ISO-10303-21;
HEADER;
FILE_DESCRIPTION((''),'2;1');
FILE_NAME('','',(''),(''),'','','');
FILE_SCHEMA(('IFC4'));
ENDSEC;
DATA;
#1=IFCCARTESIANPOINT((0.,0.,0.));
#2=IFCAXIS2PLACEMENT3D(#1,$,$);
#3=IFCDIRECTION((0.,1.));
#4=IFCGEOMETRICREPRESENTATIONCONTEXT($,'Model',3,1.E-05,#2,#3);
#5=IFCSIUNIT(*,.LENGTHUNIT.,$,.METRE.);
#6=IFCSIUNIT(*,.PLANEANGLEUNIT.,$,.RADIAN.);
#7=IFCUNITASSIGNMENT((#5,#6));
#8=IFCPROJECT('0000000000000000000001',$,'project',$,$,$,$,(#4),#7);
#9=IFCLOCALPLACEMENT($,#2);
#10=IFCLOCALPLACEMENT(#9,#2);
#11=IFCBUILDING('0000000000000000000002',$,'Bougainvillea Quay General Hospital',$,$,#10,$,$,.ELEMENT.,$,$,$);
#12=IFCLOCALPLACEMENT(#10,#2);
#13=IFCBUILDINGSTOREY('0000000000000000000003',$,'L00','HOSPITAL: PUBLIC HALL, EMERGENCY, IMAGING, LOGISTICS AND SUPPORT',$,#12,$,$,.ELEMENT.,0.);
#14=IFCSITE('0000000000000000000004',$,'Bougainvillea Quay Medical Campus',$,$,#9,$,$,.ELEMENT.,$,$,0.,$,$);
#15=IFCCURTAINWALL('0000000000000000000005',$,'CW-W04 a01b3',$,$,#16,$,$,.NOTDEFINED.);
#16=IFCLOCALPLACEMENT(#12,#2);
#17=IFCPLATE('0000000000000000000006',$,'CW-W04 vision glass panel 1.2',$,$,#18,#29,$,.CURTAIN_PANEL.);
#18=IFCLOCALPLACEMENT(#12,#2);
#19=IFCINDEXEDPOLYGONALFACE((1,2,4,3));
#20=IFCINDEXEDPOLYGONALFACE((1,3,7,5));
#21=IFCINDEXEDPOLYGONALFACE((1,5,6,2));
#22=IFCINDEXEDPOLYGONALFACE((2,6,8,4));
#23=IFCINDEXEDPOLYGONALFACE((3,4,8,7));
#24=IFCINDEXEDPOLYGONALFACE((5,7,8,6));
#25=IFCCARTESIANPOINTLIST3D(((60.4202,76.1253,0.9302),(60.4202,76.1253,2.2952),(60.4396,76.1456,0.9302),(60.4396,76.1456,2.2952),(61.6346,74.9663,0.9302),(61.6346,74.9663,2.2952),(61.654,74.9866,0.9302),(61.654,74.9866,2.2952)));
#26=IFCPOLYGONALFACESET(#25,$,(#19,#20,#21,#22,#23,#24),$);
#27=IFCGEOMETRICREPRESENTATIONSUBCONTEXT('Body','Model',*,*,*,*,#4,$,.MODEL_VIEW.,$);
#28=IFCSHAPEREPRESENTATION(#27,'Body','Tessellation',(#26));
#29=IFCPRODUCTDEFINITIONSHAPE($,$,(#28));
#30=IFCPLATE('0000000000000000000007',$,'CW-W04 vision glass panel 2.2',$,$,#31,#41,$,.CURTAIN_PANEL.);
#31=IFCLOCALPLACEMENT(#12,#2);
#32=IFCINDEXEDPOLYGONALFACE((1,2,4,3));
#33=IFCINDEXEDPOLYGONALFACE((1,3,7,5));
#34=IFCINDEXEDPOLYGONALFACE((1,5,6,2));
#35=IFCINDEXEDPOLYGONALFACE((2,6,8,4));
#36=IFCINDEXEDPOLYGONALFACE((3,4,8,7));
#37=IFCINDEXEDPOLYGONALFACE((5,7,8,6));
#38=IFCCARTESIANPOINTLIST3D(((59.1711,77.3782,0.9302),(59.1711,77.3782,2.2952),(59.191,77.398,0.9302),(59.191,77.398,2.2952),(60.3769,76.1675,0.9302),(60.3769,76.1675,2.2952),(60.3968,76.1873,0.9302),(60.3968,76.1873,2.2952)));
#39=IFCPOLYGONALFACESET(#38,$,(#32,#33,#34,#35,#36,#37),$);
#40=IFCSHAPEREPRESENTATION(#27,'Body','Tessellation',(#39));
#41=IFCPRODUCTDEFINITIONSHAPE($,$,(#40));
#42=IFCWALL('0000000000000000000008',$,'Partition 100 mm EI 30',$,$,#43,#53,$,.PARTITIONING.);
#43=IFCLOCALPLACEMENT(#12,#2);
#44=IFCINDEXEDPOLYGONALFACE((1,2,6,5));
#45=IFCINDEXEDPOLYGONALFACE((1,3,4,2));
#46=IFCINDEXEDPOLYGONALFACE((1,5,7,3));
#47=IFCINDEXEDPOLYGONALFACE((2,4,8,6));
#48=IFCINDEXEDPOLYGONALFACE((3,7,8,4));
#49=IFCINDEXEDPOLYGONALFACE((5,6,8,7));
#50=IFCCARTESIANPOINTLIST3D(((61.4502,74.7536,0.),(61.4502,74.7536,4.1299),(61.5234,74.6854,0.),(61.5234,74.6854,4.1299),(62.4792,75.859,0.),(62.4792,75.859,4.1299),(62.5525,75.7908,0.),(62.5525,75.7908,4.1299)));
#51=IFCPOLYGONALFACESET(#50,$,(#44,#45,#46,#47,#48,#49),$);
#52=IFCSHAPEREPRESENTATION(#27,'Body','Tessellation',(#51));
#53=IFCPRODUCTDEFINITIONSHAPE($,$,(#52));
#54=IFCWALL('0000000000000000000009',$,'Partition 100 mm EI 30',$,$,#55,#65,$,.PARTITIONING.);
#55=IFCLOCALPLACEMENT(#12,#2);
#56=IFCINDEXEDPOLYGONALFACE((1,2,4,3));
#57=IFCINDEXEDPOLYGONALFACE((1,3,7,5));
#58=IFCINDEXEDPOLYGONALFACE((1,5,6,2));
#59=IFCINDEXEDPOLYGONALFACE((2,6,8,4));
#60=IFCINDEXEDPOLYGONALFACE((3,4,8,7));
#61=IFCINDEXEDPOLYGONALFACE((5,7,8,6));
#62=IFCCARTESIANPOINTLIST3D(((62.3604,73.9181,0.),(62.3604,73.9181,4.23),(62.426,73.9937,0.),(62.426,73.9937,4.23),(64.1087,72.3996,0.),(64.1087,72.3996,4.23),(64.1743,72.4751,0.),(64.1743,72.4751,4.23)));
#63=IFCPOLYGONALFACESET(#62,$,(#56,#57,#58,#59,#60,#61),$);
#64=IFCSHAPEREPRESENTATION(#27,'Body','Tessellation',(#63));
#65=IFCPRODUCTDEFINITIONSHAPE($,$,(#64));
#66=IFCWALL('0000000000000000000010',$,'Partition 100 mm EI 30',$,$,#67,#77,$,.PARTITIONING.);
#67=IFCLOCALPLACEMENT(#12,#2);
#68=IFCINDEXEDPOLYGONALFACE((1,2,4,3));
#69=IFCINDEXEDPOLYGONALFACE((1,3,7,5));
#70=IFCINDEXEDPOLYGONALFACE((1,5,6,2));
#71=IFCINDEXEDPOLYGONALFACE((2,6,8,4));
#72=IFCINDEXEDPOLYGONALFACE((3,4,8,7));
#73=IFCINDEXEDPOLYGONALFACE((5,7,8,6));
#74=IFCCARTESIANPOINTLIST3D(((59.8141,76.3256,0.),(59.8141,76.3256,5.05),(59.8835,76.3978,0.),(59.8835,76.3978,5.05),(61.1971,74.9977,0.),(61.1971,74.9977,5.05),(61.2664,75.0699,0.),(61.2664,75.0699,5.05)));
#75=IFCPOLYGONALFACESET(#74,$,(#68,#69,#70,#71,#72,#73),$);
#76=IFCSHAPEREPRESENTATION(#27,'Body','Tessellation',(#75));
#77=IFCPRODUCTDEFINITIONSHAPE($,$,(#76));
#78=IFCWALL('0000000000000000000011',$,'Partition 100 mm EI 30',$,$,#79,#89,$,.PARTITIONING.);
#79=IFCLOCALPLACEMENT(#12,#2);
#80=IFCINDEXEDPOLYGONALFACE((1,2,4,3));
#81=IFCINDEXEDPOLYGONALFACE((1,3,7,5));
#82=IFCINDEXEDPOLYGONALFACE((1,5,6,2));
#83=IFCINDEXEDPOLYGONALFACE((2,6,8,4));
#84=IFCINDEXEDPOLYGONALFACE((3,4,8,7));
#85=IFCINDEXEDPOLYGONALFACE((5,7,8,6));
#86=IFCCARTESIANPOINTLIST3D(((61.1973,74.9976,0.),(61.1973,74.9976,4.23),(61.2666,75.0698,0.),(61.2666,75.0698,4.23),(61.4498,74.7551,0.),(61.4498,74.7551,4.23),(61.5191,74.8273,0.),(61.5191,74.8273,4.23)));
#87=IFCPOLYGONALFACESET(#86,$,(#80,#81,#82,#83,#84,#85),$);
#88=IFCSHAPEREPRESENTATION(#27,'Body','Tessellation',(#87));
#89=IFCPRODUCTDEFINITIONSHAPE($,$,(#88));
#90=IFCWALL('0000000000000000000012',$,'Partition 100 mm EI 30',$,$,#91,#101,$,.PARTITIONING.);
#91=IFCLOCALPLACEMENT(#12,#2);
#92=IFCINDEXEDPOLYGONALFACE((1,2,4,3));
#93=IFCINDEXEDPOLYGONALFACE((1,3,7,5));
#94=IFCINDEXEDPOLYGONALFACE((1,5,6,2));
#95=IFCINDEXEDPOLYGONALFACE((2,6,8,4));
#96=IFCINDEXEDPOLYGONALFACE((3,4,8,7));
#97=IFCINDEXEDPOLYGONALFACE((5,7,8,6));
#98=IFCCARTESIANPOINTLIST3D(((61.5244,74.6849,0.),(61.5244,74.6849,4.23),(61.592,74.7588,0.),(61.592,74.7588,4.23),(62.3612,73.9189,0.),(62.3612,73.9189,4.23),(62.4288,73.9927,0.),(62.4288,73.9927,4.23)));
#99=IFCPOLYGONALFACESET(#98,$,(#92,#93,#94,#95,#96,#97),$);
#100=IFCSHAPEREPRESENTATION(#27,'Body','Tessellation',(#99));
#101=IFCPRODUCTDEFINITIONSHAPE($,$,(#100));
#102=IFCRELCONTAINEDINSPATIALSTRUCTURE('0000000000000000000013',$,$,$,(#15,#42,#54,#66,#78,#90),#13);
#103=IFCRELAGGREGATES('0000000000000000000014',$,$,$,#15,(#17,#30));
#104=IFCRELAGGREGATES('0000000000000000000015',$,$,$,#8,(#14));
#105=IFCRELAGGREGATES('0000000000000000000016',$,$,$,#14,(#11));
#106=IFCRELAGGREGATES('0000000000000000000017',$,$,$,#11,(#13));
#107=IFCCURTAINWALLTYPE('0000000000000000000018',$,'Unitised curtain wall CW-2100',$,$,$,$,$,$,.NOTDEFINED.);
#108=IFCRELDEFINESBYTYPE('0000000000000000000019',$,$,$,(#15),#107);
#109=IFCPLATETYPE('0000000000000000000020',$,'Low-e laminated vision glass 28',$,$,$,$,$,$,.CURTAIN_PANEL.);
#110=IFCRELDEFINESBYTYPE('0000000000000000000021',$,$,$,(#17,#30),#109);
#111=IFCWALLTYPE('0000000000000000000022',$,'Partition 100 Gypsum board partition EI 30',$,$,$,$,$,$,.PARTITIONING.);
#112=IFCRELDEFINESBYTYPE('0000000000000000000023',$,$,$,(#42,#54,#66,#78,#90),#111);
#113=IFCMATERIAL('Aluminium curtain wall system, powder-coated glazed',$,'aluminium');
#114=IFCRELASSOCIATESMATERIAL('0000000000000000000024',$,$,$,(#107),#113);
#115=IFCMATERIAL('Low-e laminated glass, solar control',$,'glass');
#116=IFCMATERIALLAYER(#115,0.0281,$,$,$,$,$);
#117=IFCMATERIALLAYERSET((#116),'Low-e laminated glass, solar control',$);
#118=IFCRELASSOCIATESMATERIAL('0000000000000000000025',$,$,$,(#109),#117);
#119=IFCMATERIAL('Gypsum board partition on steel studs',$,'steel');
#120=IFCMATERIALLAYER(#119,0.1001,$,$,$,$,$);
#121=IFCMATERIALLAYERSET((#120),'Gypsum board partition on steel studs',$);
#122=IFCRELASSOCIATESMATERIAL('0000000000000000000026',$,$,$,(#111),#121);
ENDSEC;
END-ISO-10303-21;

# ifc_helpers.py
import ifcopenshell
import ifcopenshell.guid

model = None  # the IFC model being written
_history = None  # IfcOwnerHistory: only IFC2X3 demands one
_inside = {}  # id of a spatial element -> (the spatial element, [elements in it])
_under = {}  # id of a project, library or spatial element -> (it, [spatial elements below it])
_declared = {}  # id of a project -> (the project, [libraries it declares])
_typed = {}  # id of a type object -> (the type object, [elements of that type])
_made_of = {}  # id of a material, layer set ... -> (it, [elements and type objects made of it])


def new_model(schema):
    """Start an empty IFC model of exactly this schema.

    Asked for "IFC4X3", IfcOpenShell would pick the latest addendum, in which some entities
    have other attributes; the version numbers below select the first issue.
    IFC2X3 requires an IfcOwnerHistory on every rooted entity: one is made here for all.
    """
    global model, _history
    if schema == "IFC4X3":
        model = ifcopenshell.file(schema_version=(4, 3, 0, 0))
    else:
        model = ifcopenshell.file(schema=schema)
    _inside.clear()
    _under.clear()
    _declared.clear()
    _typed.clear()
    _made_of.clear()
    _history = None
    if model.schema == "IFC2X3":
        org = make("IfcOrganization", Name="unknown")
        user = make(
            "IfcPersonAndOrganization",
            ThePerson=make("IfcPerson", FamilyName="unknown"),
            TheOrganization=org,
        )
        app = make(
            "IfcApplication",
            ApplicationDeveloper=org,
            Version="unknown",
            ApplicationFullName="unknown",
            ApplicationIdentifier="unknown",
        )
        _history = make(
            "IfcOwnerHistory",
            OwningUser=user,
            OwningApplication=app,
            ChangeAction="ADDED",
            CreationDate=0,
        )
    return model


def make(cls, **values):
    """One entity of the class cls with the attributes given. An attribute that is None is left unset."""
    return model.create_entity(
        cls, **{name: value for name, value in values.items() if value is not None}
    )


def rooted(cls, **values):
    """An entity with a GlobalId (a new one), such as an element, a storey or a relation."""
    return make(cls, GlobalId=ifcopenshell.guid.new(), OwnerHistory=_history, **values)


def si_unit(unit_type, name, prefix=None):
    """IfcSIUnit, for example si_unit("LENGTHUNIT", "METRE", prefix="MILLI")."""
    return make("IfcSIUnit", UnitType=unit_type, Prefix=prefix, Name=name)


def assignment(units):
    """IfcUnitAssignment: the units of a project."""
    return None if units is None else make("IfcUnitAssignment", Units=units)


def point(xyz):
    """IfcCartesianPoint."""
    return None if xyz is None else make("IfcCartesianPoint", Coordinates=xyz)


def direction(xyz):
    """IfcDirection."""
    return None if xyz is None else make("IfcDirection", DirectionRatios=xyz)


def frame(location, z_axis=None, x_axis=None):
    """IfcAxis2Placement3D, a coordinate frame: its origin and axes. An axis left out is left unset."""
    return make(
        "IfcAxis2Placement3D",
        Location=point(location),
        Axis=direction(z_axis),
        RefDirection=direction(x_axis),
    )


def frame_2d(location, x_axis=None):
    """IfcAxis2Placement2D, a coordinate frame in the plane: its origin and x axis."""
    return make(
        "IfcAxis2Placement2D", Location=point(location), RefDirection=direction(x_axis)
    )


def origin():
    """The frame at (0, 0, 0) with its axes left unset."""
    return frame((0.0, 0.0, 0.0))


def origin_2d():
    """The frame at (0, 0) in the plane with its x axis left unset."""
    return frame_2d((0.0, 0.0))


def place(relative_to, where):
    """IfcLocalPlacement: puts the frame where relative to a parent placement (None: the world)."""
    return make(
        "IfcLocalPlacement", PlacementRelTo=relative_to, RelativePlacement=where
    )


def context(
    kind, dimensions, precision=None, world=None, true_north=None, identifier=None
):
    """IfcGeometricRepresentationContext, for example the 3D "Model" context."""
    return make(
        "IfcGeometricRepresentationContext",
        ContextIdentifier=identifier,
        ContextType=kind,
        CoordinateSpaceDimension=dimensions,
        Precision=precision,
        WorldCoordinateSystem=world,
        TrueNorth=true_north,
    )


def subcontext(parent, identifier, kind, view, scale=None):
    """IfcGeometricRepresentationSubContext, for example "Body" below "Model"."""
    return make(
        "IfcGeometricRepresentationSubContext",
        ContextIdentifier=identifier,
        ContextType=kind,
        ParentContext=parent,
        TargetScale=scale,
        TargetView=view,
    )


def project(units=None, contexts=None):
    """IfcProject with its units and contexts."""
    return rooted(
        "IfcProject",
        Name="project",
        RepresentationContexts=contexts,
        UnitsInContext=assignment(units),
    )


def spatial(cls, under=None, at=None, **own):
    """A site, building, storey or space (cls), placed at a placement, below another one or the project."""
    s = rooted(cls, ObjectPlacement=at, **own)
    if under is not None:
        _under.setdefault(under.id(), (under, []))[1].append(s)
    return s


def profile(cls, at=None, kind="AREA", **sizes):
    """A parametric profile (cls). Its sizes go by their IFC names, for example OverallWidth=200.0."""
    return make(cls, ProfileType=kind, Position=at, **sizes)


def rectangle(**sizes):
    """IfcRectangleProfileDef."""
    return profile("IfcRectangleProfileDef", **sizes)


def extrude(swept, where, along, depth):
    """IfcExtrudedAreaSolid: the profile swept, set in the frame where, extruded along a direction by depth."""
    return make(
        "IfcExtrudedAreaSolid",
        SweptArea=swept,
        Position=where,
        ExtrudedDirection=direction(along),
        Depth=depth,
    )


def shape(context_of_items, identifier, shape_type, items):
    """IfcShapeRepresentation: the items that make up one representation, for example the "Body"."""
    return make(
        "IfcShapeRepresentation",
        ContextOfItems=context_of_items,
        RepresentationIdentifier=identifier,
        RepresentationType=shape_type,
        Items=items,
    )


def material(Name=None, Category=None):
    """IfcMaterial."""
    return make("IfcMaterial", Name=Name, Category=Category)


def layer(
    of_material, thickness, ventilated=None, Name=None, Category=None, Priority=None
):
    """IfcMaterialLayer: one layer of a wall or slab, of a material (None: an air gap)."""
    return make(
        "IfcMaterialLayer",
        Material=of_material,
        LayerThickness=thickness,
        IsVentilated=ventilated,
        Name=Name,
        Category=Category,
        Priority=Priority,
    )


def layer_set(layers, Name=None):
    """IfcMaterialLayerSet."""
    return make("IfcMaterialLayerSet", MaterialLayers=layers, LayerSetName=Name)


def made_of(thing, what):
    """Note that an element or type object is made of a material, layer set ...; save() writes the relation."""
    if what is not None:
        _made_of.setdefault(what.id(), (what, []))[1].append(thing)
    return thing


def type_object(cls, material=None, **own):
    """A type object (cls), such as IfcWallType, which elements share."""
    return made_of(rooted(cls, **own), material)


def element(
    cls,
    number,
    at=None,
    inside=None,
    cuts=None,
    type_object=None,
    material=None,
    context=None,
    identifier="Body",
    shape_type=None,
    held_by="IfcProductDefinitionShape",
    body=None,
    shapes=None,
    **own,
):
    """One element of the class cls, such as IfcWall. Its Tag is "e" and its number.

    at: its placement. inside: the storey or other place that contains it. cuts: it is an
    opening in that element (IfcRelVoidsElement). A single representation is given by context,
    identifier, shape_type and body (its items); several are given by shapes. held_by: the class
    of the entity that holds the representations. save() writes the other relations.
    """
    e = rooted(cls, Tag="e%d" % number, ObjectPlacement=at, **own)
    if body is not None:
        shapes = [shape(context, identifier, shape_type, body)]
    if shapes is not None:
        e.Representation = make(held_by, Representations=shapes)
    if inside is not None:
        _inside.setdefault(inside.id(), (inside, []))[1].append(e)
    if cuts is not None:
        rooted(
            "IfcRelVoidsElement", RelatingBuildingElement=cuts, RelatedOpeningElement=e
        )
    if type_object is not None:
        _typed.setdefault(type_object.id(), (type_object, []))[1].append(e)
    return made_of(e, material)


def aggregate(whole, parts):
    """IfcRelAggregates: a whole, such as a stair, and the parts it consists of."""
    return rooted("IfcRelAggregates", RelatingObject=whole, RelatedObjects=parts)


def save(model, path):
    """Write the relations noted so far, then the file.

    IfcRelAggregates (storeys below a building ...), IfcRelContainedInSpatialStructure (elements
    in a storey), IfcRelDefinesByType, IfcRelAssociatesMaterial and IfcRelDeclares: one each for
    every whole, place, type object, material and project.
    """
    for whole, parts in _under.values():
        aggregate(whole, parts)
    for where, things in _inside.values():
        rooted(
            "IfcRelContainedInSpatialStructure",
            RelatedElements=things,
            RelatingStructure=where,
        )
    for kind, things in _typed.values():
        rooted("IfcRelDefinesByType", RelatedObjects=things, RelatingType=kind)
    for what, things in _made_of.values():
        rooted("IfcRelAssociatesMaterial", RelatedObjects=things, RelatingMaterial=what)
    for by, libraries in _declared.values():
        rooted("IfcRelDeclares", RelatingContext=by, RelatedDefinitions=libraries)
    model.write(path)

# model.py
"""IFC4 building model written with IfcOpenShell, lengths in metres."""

from ifc_helpers import new_model, si_unit, direction, frame, frame_2d, origin, origin_2d, place, context, subcontext, project, spatial, rectangle, extrude, material, layer, layer_set, type_object, element, aggregate, save


model = new_model("IFC4")

# Units and contexts
model_context = context("Model", 3, precision=1e-05, world=origin(), true_north=direction((0.0, 1.0)))
body_context = subcontext(model_context, "Body", "Model", "MODEL_VIEW")
ifc_project = project(units=[si_unit("LENGTHUNIT", "METRE"), si_unit("PLANEANGLEUNIT", "RADIAN")], contexts=[model_context])

# Site, building, storey
site_placement = place(None, origin())
site = spatial("IfcSite", under=ifc_project, at=site_placement, Name="Bougainvillea Quay Medical Campus", CompositionType="ELEMENT", RefElevation=0.0)
building_placement = place(site_placement, origin())
building = spatial("IfcBuilding", under=site, at=building_placement, Name="Bougainvillea Quay General Hospital", CompositionType="ELEMENT")
storey_placement = place(building_placement, origin())
storey = spatial("IfcBuildingStorey", under=building, at=storey_placement, Name="L00", Description="HOSPITAL: PUBLIC HALL, EMERGENCY, IMAGING, LOGISTICS AND SUPPORT", CompositionType="ELEMENT", Elevation=0.0)

# Shared definitions
ifc_material_1 = material(Name="Aluminium curtain wall system, powder-coated glazed", Category="aluminium")
curtain_wall_type = type_object("IfcCurtainWallType", Name="Unitised curtain wall CW-2100", PredefinedType="NOTDEFINED", material=ifc_material_1)

# Curtain wall
curtain_wall_1_placement = place(storey_placement, origin())
curtain_wall_1 = element("IfcCurtainWall", 1, at=curtain_wall_1_placement, inside=storey, type_object=curtain_wall_type, Name="CW-W04 a01b3", PredefinedType="NOTDEFINED")

# Plates
ifc_material_2 = material(Name="Low-e laminated glass, solar control", Category="glass")
ifc_layer_1 = layer(ifc_material_2, 0.0281)
ifc_layer_set_1 = layer_set([ifc_layer_1], Name="Low-e laminated glass, solar control")
plate_type_1 = type_object("IfcPlateType", Name="Low-e laminated vision glass 28", PredefinedType="CURTAIN_PANEL", material=ifc_layer_set_1)
plate_1_placement = place(storey_placement, frame((61.0371, 75.5559, 0.9302), z_axis=(0.0, 0.0, 1.0), x_axis=(-0.723419, 0.690409, 0.0)))
plate_1 = element("IfcPlate", 2, at=plate_1_placement, type_object=plate_type_1, Name="CW-W04 vision glass panel 1.2", PredefinedType="CURTAIN_PANEL", context=body_context, shape_type="SweptSolid", body=[
    extrude(rectangle(XDim=1.6787, YDim=0.0281, at=origin_2d()), origin(), (0.0, 0.0, 1.0), 1.365),
])
plate_2_placement = place(storey_placement, frame((59.7839, 76.7827, 0.9302), z_axis=(0.0, 0.0, 1.0), x_axis=(-0.70568, 0.708531, 0.0)))
plate_2 = element("IfcPlate", 3, at=plate_2_placement, type_object=plate_type_1, Name="CW-W04 vision glass panel 2.2", PredefinedType="CURTAIN_PANEL", context=body_context, shape_type="SweptSolid", body=[
    extrude(rectangle(XDim=1.7087, YDim=0.0281, at=origin_2d()), origin(), (0.0, 0.0, 1.0), 1.365),
])
aggregate(curtain_wall_1, [plate_1, plate_2])

# Walls
ifc_material_3 = material(Name="Gypsum board partition on steel studs", Category="steel")
ifc_layer_2 = layer(ifc_material_3, 0.1001)
ifc_layer_set_2 = layer_set([ifc_layer_2], Name="Gypsum board partition on steel studs")
wall_type = type_object("IfcWallType", Name="Partition 100 Gypsum board partition EI 30", PredefinedType="PARTITIONING", material=ifc_layer_set_2)
wall_1_placement = place(storey_placement, frame((61.4868, 74.7195, 0.0), z_axis=(0.0, 0.0, 1.0), x_axis=(0.681356, 0.731952, 0.0)))
element("IfcWall", 4, at=wall_1_placement, inside=storey, type_object=wall_type, Name="Partition 100 mm EI 30", PredefinedType="PARTITIONING", context=body_context, shape_type="SweptSolid", body=[
    extrude(rectangle(XDim=1.5103, YDim=0.1001, at=frame_2d((0.7551, 0.0))), origin(), (0.0, 0.0, 1.0), 4.1299),
])
wall_2_placement = place(storey_placement, frame((62.3933, 73.9558, 0.0), z_axis=(0.0, 0.0, 1.0), x_axis=(0.754969, -0.655761, 0.0)))
element("IfcWall", 5, at=wall_2_placement, inside=storey, type_object=wall_type, Name="Partition 100 mm EI 30", PredefinedType="PARTITIONING", context=body_context, shape_type="SweptSolid", body=[
    extrude(rectangle(XDim=2.3157, YDim=0.1001, at=frame_2d((1.1577, 0.0))), origin(), (0.0, 0.0, 1.0), 4.23),
])
wall_3_placement = place(storey_placement, frame((59.8489, 76.3616, 0.0), z_axis=(0.0, 0.0, 1.0), x_axis=(0.721349, -0.692572, 0.0)))
element("IfcWall", 6, at=wall_3_placement, inside=storey, type_object=wall_type, Name="Partition 100 mm EI 30", PredefinedType="PARTITIONING", context=body_context, shape_type="SweptSolid", body=[
    extrude(rectangle(XDim=1.9172, YDim=0.1001, at=frame_2d((0.9585, 0.0))), origin(), (0.0, 0.0, 1.0), 5.05),
])
wall_4_placement = place(storey_placement, frame((61.2319, 75.0337, 0.0), z_axis=(0.0, 0.0, 1.0), x_axis=(0.721262, -0.692662, 0.0)))
element("IfcWall", 7, at=wall_4_placement, inside=storey, type_object=wall_type, Name="Partition 100 mm EI 30", PredefinedType="PARTITIONING", context=body_context, shape_type="SweptSolid", body=[
    extrude(rectangle(XDim=0.3501, YDim=0.1001, at=frame_2d((0.175, 0.0))), origin(), (0.0, 0.0, 1.0), 4.23),
])
wall_5_placement = place(storey_placement, frame((61.5581, 74.7219, 0.0), z_axis=(0.0, 0.0, 1.0), x_axis=(0.737618, -0.675218, 0.0)))
element("IfcWall", 8, at=wall_5_placement, inside=storey, type_object=wall_type, Name="Partition 100 mm EI 30", PredefinedType="PARTITIONING", context=body_context, shape_type="SweptSolid", body=[
    extrude(rectangle(XDim=1.1345, YDim=0.1001, at=frame_2d((0.5674, 0.0))), origin(), (0.0, 0.0, 1.0), 4.23),
])

save(model, "model.ifc")
